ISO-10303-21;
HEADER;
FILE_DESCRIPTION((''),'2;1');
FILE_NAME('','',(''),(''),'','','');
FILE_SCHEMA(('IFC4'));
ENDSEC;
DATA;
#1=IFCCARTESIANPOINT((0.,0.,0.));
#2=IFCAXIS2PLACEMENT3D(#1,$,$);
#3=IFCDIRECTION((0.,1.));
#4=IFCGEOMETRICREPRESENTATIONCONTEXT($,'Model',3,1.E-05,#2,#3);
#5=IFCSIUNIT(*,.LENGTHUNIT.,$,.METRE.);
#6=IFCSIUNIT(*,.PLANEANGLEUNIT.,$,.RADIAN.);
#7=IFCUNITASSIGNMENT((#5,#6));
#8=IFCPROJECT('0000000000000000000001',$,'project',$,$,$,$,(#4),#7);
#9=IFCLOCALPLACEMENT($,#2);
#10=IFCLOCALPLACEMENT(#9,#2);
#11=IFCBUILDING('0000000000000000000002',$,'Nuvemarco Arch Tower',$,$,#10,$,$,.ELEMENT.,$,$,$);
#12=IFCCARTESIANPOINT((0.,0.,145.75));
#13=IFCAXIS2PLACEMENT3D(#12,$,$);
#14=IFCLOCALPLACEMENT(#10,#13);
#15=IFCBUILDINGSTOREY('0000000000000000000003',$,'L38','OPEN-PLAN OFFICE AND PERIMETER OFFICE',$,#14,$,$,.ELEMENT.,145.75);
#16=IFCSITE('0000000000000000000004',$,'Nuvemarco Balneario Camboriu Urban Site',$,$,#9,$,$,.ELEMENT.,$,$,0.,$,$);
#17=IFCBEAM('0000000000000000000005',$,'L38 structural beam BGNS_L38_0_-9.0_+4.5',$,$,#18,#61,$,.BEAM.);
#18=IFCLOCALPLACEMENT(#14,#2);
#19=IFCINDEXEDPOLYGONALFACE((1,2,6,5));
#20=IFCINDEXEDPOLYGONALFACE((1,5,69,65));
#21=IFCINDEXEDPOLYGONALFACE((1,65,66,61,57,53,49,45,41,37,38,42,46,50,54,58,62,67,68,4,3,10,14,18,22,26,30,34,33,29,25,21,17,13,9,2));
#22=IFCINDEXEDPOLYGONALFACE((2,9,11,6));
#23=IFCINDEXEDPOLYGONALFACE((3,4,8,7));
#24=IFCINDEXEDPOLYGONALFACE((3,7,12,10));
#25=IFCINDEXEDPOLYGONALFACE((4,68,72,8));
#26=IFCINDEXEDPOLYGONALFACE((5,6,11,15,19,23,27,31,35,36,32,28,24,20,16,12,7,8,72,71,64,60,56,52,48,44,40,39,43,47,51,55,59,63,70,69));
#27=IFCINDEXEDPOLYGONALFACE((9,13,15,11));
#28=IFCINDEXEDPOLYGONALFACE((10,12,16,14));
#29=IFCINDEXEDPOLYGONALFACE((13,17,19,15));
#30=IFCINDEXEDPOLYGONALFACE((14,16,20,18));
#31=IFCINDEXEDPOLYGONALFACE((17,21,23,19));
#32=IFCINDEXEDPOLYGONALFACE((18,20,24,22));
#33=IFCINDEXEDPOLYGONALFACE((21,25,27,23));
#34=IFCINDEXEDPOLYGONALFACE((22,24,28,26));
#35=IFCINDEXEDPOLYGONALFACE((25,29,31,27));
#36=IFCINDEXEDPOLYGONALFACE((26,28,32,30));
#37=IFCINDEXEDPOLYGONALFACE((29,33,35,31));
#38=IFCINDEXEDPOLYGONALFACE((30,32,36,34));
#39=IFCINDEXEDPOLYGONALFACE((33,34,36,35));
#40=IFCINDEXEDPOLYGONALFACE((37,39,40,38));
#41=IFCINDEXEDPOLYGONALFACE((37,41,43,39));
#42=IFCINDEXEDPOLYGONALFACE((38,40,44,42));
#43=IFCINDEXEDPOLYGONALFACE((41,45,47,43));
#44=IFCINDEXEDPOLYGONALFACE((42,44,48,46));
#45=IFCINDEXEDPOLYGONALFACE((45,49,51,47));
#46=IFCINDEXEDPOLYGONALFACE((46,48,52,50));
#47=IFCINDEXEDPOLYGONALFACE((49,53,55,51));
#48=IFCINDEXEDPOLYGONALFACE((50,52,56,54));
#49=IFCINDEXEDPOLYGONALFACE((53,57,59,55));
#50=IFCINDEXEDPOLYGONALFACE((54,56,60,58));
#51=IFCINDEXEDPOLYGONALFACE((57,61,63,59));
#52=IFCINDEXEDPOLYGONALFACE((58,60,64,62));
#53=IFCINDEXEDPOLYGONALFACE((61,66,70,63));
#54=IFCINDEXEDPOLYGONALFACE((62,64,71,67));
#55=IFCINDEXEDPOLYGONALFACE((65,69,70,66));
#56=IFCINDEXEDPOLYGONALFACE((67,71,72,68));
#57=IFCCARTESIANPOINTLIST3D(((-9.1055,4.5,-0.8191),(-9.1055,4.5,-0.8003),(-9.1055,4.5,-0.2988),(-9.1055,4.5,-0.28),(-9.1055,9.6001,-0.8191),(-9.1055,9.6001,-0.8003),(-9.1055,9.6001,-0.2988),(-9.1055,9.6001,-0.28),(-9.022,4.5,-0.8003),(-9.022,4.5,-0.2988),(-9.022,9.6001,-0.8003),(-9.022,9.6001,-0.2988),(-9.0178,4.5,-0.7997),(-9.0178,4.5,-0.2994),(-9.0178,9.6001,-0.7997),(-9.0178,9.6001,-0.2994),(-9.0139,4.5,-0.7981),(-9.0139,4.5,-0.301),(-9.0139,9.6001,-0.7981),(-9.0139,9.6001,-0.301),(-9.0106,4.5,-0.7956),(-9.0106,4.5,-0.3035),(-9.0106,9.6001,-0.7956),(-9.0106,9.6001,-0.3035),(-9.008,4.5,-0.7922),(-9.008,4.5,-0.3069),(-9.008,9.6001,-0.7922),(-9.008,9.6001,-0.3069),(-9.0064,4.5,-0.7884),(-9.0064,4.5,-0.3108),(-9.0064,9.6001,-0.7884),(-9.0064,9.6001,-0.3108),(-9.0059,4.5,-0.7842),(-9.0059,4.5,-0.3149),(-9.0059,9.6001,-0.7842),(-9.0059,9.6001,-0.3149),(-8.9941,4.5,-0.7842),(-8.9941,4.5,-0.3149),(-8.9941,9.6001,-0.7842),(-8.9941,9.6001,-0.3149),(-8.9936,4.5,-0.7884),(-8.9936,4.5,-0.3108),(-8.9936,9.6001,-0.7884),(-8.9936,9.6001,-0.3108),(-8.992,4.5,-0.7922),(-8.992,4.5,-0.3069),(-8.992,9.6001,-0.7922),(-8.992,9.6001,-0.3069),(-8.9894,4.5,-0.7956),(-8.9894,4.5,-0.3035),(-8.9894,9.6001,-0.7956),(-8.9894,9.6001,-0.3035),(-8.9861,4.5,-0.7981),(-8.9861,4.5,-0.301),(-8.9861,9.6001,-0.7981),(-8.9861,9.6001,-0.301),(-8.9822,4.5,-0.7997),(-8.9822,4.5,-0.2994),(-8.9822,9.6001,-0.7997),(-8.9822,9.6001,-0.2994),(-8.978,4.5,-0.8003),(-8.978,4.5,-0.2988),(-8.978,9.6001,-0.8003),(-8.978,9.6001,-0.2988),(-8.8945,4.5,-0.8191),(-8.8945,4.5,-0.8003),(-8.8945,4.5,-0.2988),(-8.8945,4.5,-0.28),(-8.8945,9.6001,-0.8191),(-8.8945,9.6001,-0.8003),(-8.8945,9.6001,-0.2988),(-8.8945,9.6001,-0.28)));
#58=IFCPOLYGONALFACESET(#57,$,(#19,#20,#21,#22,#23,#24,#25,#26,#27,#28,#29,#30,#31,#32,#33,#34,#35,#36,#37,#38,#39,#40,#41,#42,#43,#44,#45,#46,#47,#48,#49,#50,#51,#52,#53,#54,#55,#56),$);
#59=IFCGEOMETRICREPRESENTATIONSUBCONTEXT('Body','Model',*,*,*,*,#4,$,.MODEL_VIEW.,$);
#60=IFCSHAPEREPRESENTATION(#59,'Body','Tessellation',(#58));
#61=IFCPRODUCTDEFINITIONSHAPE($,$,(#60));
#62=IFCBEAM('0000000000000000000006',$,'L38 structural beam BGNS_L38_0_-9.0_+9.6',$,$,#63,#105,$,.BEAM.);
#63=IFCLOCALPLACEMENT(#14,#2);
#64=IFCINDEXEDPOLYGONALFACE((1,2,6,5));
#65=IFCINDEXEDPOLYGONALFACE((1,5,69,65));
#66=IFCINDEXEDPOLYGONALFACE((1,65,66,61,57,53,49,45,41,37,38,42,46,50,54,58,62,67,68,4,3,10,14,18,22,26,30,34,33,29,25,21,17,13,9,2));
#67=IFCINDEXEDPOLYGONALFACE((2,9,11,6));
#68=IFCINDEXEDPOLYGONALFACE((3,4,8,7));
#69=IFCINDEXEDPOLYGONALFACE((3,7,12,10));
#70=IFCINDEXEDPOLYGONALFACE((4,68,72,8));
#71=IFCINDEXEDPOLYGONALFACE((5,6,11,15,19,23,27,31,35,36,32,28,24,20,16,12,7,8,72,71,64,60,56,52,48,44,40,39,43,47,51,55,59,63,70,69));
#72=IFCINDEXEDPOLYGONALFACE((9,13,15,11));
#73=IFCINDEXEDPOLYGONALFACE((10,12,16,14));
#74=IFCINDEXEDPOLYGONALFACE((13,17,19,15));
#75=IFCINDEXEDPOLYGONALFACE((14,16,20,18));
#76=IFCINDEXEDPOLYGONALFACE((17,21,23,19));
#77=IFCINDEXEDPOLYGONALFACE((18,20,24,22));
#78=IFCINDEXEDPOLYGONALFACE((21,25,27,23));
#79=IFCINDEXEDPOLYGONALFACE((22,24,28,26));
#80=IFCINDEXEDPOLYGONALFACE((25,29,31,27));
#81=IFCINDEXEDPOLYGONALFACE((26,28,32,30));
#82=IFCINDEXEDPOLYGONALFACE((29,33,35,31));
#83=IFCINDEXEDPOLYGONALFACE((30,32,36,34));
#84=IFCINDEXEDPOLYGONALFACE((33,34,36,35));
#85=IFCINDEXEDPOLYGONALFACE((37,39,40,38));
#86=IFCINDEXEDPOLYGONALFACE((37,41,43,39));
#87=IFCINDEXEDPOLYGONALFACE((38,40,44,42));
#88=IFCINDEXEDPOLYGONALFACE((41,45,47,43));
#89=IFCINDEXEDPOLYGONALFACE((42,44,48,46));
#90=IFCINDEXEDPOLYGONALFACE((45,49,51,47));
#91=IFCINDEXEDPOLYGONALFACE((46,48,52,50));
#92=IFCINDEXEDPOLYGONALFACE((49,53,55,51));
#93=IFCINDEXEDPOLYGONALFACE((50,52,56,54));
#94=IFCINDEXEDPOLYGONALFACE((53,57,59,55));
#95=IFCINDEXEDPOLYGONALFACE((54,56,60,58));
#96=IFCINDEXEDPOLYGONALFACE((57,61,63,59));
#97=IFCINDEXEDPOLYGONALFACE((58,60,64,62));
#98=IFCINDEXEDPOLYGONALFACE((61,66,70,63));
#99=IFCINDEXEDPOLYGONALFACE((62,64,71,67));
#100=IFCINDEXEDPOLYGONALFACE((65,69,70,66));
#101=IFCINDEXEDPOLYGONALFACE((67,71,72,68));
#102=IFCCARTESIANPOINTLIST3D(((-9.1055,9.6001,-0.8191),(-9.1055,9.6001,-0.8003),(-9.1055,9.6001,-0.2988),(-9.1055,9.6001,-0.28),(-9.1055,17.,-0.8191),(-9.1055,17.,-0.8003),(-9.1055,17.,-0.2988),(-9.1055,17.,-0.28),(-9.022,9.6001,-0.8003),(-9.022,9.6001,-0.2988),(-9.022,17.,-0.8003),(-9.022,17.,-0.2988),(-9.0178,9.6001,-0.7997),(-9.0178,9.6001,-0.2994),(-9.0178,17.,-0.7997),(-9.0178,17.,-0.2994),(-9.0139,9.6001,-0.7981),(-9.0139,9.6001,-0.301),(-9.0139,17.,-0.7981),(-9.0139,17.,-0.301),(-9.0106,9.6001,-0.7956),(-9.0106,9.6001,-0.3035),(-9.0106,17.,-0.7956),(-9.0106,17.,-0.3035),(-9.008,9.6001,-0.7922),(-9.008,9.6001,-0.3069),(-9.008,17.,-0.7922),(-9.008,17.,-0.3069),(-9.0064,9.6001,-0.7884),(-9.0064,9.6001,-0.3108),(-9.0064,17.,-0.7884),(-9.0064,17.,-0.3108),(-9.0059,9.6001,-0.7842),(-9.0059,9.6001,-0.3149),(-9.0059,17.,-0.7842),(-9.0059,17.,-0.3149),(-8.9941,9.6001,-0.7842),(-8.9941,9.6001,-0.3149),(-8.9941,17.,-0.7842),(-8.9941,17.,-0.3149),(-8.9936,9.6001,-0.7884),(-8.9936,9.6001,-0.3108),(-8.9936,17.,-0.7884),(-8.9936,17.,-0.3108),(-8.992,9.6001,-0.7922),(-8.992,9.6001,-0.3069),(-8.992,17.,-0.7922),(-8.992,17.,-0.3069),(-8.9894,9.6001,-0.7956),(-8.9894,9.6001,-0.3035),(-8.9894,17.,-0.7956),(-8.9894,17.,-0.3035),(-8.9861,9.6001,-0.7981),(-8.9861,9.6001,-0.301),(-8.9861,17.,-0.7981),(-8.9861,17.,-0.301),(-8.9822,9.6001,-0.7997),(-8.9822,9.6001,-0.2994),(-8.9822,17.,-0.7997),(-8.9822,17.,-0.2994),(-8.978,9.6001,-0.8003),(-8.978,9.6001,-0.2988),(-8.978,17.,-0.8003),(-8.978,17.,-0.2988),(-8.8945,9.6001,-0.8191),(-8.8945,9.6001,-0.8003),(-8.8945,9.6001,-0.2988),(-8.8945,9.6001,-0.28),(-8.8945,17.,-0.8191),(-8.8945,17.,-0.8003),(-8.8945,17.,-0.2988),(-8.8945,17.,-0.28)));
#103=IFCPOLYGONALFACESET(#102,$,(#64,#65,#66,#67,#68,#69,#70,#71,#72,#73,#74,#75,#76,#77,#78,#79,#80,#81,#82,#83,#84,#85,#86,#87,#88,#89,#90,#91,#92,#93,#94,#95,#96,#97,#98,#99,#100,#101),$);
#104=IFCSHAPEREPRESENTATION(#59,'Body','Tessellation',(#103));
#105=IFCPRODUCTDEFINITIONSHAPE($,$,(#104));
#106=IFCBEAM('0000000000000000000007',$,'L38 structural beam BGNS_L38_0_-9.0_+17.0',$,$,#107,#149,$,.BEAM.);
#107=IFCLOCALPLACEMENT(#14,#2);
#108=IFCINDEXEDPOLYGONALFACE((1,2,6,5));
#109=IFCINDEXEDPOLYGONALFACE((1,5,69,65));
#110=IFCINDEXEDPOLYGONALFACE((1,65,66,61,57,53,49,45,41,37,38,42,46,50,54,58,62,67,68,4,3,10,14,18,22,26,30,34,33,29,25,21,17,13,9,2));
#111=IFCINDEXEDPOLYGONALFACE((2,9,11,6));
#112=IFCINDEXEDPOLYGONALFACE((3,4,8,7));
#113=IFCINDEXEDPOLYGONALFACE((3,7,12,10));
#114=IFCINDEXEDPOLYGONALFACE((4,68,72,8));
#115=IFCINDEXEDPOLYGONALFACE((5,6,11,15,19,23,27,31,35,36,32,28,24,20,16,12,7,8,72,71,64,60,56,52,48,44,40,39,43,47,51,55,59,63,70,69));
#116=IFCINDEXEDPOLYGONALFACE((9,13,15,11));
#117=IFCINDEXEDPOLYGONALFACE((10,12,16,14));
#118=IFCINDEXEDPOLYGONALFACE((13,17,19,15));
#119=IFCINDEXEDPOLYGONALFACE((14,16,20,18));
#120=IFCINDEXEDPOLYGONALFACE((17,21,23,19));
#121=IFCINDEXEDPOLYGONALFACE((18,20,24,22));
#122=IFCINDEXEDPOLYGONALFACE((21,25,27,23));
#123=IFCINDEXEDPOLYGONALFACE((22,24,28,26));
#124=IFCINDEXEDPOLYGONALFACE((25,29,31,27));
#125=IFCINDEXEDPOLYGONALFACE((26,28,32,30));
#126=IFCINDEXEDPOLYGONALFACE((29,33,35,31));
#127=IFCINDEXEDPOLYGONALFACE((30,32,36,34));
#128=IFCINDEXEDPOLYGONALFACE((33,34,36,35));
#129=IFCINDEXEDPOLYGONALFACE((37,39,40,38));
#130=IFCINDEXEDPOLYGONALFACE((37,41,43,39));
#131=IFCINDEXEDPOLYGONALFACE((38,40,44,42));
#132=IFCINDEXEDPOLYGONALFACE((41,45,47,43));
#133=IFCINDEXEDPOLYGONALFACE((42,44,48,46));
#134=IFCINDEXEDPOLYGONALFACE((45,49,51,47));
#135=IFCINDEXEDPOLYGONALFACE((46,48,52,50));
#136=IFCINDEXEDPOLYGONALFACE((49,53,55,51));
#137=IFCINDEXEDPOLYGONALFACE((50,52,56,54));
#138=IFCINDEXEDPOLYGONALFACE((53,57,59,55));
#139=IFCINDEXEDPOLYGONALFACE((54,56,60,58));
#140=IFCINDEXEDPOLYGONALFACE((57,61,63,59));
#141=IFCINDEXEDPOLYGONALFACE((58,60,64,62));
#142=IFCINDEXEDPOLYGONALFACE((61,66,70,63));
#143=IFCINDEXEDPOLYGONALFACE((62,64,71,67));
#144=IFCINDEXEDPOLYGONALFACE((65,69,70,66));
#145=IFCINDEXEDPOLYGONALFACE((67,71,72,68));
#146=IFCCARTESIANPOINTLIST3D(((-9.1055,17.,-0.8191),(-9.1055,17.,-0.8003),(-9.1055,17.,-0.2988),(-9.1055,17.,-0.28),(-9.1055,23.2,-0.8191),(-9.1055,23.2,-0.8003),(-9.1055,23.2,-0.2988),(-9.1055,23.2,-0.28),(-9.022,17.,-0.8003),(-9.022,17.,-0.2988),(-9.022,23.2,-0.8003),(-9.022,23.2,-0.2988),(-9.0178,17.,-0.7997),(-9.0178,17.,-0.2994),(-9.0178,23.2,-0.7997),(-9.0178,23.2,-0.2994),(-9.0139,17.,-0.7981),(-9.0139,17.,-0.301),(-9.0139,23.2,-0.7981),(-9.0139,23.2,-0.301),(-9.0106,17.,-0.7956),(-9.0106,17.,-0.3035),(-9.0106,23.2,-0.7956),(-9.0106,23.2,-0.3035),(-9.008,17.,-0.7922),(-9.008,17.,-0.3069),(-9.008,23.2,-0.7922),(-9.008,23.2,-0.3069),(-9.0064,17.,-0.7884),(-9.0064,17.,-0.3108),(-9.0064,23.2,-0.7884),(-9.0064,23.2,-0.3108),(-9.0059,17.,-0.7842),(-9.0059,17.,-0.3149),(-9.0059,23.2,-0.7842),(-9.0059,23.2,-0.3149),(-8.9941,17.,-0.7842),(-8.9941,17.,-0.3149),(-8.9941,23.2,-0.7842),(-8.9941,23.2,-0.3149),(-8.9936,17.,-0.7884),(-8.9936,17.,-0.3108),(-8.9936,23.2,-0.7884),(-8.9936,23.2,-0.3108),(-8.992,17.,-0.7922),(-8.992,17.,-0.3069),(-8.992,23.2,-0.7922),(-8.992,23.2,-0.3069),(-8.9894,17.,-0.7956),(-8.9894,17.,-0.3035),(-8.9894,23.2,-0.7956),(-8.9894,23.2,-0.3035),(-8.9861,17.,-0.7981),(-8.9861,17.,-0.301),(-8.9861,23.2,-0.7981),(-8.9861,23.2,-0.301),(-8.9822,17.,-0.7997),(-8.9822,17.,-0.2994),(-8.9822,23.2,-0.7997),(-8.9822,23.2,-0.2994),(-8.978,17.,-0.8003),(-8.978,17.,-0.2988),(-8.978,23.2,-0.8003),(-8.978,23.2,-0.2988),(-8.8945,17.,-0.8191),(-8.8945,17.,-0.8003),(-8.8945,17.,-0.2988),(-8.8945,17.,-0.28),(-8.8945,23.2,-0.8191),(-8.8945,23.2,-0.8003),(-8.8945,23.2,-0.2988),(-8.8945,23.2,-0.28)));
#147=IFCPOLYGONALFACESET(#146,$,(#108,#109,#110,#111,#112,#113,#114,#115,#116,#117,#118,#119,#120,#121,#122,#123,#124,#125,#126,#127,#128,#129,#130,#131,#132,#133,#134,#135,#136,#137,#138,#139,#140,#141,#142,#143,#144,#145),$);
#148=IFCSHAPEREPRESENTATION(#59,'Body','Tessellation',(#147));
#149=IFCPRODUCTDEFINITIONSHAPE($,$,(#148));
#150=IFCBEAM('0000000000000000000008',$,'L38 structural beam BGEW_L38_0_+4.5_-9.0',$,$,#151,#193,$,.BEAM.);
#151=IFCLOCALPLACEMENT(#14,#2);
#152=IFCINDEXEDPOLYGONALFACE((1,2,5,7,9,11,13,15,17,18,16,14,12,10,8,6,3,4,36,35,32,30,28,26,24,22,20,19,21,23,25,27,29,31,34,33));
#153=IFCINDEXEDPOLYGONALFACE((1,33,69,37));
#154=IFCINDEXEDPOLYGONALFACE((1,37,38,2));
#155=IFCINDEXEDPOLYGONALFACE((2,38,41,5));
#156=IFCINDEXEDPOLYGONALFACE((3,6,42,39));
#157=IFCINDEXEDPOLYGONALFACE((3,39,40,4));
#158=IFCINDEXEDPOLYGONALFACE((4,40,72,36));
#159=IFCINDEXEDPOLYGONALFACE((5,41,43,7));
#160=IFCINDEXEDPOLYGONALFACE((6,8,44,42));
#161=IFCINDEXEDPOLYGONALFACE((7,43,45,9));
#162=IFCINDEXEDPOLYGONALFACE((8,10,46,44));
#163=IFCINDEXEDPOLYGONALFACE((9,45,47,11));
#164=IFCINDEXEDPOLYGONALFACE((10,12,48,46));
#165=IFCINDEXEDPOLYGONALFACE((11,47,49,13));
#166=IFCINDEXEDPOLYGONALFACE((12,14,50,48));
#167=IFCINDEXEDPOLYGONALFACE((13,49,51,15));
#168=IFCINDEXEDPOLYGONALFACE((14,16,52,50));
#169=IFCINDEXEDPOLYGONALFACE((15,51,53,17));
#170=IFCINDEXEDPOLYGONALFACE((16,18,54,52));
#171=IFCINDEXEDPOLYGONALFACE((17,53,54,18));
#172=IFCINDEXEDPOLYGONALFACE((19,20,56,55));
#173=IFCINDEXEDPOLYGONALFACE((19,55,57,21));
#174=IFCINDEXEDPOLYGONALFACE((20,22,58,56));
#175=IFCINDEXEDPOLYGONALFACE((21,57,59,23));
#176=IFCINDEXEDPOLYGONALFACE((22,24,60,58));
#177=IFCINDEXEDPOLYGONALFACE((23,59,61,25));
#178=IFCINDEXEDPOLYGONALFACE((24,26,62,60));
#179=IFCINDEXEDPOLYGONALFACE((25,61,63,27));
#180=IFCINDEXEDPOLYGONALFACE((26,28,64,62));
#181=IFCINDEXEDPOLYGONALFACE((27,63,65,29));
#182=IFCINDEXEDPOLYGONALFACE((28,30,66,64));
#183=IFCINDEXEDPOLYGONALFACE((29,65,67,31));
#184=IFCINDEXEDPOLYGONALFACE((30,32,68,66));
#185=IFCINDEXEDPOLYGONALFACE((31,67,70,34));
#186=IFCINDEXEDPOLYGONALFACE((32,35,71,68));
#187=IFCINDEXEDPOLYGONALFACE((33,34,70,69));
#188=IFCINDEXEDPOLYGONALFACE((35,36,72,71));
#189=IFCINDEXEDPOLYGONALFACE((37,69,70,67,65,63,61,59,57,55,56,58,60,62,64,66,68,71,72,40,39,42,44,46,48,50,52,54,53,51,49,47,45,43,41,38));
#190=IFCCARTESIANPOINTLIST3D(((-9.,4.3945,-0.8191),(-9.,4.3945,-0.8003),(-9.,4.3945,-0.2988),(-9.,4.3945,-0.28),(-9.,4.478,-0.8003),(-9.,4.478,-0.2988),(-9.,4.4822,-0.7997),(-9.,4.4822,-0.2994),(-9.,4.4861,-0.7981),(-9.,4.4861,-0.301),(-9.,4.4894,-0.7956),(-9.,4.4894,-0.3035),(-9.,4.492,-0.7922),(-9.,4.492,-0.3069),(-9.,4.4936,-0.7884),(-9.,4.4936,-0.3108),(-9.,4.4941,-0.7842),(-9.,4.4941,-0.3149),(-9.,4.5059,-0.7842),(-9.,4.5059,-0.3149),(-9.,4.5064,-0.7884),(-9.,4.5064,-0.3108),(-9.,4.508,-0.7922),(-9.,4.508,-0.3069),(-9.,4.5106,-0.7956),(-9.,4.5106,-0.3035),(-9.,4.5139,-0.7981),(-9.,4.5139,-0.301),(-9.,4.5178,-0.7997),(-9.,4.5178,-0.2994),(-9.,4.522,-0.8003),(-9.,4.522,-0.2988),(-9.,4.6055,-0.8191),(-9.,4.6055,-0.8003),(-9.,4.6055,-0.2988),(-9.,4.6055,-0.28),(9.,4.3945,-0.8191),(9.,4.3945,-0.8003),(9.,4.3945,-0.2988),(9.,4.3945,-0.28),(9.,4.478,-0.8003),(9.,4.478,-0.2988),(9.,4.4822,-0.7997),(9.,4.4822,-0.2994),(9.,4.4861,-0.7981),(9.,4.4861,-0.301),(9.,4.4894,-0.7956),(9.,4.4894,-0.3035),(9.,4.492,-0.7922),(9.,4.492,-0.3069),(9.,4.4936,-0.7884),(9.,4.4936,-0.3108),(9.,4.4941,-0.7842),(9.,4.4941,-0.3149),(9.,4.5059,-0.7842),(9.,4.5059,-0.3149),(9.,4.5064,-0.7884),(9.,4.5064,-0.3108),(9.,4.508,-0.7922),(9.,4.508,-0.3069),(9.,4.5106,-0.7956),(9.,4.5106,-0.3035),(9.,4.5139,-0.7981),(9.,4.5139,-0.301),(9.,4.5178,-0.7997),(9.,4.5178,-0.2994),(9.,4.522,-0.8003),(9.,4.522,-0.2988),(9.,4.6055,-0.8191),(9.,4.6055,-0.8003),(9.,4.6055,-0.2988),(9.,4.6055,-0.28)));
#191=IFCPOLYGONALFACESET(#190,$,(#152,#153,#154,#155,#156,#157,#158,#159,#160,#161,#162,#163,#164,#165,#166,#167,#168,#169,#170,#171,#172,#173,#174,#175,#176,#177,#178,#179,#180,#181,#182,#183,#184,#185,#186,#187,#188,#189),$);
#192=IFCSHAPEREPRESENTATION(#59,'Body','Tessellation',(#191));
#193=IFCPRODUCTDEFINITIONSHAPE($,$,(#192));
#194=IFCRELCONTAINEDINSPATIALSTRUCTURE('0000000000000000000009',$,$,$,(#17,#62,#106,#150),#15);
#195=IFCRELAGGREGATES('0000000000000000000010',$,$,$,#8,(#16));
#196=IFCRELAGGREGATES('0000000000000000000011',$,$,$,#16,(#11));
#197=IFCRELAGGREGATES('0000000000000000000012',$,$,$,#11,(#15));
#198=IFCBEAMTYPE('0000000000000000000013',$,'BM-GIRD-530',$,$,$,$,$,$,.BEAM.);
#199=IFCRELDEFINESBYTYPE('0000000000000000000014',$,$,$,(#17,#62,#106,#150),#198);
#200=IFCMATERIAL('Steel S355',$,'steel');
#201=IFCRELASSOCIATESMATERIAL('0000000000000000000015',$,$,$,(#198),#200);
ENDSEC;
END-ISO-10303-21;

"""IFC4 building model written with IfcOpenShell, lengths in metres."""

from ifc_helpers import new_model, si_unit, direction, frame, origin, origin_2d, place, context, subcontext, project, spatial, i_section, extrude, material, material_profile, profile_set, type_object, element, save


model = new_model("IFC4")

# Units and contexts
model_context = context("Model", 3, precision=1e-05, world=origin(), true_north=direction((0.0, 1.0)))
body_context = subcontext(model_context, "Body", "Model", "MODEL_VIEW")
ifc_project = project(units=[si_unit("LENGTHUNIT", "METRE"), si_unit("PLANEANGLEUNIT", "RADIAN")], contexts=[model_context])

# Site, building, storey
site_placement = place(None, origin())
site = spatial("IfcSite", under=ifc_project, at=site_placement, Name="Nuvemarco Balneario Camboriu Urban Site", CompositionType="ELEMENT", RefElevation=0.0)
building_placement = place(site_placement, origin())
building = spatial("IfcBuilding", under=site, at=building_placement, Name="Nuvemarco Arch Tower", CompositionType="ELEMENT")
storey_placement = place(building_placement, frame((0.0, 0.0, 145.75)))
storey = spatial("IfcBuildingStorey", under=building, at=storey_placement, Name="L38", Description="OPEN-PLAN OFFICE AND PERIMETER OFFICE", CompositionType="ELEMENT", Elevation=145.75)

# Shared definitions
ifc_material_1 = material(Name="Steel S355", Category="steel")

# Beams
ifc_material_profile_1 = material_profile(ifc_material_1, i_section(OverallWidth=0.2109, OverallDepth=0.5391, WebThickness=0.0117, FlangeThickness=0.0188, FilletRadius=0.0161, at=origin_2d()), Name="W530x109")
ifc_profile_set_1 = profile_set([ifc_material_profile_1], Name="Steel S355")
beam_type_1 = type_object("IfcBeamType", Name="BM-GIRD-530", PredefinedType="BEAM", material=ifc_profile_set_1)
beam_1_placement = place(storey_placement, frame((-9.0, 4.5, -0.5496), z_axis=(0.0, 1.0, 0.0), x_axis=(-1.0, 0.0, 0.0)))
element("IfcBeam", 1, at=beam_1_placement, inside=storey, type_object=beam_type_1, Name="L38 structural beam BGNS_L38_0_-9.0_+4.5", PredefinedType="BEAM", context=body_context, shape_type="SweptSolid", body=[
    extrude(i_section(OverallWidth=0.2109, OverallDepth=0.5391, WebThickness=0.0117, FlangeThickness=0.0188, FilletRadius=0.0161, at=origin_2d()), origin(), (0.0, 0.0, 1.0), 5.1001),
])
beam_2_placement = place(storey_placement, frame((-9.0, 9.6001, -0.5496), z_axis=(0.0, 1.0, 0.0), x_axis=(-1.0, 0.0, 0.0)))
element("IfcBeam", 2, at=beam_2_placement, inside=storey, type_object=beam_type_1, Name="L38 structural beam BGNS_L38_0_-9.0_+9.6", PredefinedType="BEAM", context=body_context, shape_type="SweptSolid", body=[
    extrude(i_section(OverallWidth=0.2109, OverallDepth=0.5391, WebThickness=0.0117, FlangeThickness=0.0188, FilletRadius=0.0161, at=origin_2d()), origin(), (0.0, 0.0, 1.0), 7.3999),
])
beam_3_placement = place(storey_placement, frame((-9.0, 17.0, -0.5496), z_axis=(0.0, 1.0, 0.0), x_axis=(-1.0, 0.0, 0.0)))
element("IfcBeam", 3, at=beam_3_placement, inside=storey, type_object=beam_type_1, Name="L38 structural beam BGNS_L38_0_-9.0_+17.0", PredefinedType="BEAM", context=body_context, shape_type="SweptSolid", body=[
    extrude(i_section(OverallWidth=0.2109, OverallDepth=0.5391, WebThickness=0.0117, FlangeThickness=0.0188, FilletRadius=0.0161, at=origin_2d()), origin(), (0.0, 0.0, 1.0), 6.2),
])
beam_4_placement = place(storey_placement, frame((-9.0, 4.5, -0.5496), z_axis=(1.0, 0.0, 0.0), x_axis=(0.0, 1.0, 0.0)))
element("IfcBeam", 4, at=beam_4_placement, inside=storey, type_object=beam_type_1, Name="L38 structural beam BGEW_L38_0_+4.5_-9.0", PredefinedType="BEAM", context=body_context, shape_type="SweptSolid", body=[
    extrude(i_section(OverallWidth=0.2109, OverallDepth=0.5391, WebThickness=0.0117, FlangeThickness=0.0188, FilletRadius=0.0161, at=origin_2d()), origin(), (0.0, 0.0, 1.0), 18.0),
])

save(model, "model.ifc")
